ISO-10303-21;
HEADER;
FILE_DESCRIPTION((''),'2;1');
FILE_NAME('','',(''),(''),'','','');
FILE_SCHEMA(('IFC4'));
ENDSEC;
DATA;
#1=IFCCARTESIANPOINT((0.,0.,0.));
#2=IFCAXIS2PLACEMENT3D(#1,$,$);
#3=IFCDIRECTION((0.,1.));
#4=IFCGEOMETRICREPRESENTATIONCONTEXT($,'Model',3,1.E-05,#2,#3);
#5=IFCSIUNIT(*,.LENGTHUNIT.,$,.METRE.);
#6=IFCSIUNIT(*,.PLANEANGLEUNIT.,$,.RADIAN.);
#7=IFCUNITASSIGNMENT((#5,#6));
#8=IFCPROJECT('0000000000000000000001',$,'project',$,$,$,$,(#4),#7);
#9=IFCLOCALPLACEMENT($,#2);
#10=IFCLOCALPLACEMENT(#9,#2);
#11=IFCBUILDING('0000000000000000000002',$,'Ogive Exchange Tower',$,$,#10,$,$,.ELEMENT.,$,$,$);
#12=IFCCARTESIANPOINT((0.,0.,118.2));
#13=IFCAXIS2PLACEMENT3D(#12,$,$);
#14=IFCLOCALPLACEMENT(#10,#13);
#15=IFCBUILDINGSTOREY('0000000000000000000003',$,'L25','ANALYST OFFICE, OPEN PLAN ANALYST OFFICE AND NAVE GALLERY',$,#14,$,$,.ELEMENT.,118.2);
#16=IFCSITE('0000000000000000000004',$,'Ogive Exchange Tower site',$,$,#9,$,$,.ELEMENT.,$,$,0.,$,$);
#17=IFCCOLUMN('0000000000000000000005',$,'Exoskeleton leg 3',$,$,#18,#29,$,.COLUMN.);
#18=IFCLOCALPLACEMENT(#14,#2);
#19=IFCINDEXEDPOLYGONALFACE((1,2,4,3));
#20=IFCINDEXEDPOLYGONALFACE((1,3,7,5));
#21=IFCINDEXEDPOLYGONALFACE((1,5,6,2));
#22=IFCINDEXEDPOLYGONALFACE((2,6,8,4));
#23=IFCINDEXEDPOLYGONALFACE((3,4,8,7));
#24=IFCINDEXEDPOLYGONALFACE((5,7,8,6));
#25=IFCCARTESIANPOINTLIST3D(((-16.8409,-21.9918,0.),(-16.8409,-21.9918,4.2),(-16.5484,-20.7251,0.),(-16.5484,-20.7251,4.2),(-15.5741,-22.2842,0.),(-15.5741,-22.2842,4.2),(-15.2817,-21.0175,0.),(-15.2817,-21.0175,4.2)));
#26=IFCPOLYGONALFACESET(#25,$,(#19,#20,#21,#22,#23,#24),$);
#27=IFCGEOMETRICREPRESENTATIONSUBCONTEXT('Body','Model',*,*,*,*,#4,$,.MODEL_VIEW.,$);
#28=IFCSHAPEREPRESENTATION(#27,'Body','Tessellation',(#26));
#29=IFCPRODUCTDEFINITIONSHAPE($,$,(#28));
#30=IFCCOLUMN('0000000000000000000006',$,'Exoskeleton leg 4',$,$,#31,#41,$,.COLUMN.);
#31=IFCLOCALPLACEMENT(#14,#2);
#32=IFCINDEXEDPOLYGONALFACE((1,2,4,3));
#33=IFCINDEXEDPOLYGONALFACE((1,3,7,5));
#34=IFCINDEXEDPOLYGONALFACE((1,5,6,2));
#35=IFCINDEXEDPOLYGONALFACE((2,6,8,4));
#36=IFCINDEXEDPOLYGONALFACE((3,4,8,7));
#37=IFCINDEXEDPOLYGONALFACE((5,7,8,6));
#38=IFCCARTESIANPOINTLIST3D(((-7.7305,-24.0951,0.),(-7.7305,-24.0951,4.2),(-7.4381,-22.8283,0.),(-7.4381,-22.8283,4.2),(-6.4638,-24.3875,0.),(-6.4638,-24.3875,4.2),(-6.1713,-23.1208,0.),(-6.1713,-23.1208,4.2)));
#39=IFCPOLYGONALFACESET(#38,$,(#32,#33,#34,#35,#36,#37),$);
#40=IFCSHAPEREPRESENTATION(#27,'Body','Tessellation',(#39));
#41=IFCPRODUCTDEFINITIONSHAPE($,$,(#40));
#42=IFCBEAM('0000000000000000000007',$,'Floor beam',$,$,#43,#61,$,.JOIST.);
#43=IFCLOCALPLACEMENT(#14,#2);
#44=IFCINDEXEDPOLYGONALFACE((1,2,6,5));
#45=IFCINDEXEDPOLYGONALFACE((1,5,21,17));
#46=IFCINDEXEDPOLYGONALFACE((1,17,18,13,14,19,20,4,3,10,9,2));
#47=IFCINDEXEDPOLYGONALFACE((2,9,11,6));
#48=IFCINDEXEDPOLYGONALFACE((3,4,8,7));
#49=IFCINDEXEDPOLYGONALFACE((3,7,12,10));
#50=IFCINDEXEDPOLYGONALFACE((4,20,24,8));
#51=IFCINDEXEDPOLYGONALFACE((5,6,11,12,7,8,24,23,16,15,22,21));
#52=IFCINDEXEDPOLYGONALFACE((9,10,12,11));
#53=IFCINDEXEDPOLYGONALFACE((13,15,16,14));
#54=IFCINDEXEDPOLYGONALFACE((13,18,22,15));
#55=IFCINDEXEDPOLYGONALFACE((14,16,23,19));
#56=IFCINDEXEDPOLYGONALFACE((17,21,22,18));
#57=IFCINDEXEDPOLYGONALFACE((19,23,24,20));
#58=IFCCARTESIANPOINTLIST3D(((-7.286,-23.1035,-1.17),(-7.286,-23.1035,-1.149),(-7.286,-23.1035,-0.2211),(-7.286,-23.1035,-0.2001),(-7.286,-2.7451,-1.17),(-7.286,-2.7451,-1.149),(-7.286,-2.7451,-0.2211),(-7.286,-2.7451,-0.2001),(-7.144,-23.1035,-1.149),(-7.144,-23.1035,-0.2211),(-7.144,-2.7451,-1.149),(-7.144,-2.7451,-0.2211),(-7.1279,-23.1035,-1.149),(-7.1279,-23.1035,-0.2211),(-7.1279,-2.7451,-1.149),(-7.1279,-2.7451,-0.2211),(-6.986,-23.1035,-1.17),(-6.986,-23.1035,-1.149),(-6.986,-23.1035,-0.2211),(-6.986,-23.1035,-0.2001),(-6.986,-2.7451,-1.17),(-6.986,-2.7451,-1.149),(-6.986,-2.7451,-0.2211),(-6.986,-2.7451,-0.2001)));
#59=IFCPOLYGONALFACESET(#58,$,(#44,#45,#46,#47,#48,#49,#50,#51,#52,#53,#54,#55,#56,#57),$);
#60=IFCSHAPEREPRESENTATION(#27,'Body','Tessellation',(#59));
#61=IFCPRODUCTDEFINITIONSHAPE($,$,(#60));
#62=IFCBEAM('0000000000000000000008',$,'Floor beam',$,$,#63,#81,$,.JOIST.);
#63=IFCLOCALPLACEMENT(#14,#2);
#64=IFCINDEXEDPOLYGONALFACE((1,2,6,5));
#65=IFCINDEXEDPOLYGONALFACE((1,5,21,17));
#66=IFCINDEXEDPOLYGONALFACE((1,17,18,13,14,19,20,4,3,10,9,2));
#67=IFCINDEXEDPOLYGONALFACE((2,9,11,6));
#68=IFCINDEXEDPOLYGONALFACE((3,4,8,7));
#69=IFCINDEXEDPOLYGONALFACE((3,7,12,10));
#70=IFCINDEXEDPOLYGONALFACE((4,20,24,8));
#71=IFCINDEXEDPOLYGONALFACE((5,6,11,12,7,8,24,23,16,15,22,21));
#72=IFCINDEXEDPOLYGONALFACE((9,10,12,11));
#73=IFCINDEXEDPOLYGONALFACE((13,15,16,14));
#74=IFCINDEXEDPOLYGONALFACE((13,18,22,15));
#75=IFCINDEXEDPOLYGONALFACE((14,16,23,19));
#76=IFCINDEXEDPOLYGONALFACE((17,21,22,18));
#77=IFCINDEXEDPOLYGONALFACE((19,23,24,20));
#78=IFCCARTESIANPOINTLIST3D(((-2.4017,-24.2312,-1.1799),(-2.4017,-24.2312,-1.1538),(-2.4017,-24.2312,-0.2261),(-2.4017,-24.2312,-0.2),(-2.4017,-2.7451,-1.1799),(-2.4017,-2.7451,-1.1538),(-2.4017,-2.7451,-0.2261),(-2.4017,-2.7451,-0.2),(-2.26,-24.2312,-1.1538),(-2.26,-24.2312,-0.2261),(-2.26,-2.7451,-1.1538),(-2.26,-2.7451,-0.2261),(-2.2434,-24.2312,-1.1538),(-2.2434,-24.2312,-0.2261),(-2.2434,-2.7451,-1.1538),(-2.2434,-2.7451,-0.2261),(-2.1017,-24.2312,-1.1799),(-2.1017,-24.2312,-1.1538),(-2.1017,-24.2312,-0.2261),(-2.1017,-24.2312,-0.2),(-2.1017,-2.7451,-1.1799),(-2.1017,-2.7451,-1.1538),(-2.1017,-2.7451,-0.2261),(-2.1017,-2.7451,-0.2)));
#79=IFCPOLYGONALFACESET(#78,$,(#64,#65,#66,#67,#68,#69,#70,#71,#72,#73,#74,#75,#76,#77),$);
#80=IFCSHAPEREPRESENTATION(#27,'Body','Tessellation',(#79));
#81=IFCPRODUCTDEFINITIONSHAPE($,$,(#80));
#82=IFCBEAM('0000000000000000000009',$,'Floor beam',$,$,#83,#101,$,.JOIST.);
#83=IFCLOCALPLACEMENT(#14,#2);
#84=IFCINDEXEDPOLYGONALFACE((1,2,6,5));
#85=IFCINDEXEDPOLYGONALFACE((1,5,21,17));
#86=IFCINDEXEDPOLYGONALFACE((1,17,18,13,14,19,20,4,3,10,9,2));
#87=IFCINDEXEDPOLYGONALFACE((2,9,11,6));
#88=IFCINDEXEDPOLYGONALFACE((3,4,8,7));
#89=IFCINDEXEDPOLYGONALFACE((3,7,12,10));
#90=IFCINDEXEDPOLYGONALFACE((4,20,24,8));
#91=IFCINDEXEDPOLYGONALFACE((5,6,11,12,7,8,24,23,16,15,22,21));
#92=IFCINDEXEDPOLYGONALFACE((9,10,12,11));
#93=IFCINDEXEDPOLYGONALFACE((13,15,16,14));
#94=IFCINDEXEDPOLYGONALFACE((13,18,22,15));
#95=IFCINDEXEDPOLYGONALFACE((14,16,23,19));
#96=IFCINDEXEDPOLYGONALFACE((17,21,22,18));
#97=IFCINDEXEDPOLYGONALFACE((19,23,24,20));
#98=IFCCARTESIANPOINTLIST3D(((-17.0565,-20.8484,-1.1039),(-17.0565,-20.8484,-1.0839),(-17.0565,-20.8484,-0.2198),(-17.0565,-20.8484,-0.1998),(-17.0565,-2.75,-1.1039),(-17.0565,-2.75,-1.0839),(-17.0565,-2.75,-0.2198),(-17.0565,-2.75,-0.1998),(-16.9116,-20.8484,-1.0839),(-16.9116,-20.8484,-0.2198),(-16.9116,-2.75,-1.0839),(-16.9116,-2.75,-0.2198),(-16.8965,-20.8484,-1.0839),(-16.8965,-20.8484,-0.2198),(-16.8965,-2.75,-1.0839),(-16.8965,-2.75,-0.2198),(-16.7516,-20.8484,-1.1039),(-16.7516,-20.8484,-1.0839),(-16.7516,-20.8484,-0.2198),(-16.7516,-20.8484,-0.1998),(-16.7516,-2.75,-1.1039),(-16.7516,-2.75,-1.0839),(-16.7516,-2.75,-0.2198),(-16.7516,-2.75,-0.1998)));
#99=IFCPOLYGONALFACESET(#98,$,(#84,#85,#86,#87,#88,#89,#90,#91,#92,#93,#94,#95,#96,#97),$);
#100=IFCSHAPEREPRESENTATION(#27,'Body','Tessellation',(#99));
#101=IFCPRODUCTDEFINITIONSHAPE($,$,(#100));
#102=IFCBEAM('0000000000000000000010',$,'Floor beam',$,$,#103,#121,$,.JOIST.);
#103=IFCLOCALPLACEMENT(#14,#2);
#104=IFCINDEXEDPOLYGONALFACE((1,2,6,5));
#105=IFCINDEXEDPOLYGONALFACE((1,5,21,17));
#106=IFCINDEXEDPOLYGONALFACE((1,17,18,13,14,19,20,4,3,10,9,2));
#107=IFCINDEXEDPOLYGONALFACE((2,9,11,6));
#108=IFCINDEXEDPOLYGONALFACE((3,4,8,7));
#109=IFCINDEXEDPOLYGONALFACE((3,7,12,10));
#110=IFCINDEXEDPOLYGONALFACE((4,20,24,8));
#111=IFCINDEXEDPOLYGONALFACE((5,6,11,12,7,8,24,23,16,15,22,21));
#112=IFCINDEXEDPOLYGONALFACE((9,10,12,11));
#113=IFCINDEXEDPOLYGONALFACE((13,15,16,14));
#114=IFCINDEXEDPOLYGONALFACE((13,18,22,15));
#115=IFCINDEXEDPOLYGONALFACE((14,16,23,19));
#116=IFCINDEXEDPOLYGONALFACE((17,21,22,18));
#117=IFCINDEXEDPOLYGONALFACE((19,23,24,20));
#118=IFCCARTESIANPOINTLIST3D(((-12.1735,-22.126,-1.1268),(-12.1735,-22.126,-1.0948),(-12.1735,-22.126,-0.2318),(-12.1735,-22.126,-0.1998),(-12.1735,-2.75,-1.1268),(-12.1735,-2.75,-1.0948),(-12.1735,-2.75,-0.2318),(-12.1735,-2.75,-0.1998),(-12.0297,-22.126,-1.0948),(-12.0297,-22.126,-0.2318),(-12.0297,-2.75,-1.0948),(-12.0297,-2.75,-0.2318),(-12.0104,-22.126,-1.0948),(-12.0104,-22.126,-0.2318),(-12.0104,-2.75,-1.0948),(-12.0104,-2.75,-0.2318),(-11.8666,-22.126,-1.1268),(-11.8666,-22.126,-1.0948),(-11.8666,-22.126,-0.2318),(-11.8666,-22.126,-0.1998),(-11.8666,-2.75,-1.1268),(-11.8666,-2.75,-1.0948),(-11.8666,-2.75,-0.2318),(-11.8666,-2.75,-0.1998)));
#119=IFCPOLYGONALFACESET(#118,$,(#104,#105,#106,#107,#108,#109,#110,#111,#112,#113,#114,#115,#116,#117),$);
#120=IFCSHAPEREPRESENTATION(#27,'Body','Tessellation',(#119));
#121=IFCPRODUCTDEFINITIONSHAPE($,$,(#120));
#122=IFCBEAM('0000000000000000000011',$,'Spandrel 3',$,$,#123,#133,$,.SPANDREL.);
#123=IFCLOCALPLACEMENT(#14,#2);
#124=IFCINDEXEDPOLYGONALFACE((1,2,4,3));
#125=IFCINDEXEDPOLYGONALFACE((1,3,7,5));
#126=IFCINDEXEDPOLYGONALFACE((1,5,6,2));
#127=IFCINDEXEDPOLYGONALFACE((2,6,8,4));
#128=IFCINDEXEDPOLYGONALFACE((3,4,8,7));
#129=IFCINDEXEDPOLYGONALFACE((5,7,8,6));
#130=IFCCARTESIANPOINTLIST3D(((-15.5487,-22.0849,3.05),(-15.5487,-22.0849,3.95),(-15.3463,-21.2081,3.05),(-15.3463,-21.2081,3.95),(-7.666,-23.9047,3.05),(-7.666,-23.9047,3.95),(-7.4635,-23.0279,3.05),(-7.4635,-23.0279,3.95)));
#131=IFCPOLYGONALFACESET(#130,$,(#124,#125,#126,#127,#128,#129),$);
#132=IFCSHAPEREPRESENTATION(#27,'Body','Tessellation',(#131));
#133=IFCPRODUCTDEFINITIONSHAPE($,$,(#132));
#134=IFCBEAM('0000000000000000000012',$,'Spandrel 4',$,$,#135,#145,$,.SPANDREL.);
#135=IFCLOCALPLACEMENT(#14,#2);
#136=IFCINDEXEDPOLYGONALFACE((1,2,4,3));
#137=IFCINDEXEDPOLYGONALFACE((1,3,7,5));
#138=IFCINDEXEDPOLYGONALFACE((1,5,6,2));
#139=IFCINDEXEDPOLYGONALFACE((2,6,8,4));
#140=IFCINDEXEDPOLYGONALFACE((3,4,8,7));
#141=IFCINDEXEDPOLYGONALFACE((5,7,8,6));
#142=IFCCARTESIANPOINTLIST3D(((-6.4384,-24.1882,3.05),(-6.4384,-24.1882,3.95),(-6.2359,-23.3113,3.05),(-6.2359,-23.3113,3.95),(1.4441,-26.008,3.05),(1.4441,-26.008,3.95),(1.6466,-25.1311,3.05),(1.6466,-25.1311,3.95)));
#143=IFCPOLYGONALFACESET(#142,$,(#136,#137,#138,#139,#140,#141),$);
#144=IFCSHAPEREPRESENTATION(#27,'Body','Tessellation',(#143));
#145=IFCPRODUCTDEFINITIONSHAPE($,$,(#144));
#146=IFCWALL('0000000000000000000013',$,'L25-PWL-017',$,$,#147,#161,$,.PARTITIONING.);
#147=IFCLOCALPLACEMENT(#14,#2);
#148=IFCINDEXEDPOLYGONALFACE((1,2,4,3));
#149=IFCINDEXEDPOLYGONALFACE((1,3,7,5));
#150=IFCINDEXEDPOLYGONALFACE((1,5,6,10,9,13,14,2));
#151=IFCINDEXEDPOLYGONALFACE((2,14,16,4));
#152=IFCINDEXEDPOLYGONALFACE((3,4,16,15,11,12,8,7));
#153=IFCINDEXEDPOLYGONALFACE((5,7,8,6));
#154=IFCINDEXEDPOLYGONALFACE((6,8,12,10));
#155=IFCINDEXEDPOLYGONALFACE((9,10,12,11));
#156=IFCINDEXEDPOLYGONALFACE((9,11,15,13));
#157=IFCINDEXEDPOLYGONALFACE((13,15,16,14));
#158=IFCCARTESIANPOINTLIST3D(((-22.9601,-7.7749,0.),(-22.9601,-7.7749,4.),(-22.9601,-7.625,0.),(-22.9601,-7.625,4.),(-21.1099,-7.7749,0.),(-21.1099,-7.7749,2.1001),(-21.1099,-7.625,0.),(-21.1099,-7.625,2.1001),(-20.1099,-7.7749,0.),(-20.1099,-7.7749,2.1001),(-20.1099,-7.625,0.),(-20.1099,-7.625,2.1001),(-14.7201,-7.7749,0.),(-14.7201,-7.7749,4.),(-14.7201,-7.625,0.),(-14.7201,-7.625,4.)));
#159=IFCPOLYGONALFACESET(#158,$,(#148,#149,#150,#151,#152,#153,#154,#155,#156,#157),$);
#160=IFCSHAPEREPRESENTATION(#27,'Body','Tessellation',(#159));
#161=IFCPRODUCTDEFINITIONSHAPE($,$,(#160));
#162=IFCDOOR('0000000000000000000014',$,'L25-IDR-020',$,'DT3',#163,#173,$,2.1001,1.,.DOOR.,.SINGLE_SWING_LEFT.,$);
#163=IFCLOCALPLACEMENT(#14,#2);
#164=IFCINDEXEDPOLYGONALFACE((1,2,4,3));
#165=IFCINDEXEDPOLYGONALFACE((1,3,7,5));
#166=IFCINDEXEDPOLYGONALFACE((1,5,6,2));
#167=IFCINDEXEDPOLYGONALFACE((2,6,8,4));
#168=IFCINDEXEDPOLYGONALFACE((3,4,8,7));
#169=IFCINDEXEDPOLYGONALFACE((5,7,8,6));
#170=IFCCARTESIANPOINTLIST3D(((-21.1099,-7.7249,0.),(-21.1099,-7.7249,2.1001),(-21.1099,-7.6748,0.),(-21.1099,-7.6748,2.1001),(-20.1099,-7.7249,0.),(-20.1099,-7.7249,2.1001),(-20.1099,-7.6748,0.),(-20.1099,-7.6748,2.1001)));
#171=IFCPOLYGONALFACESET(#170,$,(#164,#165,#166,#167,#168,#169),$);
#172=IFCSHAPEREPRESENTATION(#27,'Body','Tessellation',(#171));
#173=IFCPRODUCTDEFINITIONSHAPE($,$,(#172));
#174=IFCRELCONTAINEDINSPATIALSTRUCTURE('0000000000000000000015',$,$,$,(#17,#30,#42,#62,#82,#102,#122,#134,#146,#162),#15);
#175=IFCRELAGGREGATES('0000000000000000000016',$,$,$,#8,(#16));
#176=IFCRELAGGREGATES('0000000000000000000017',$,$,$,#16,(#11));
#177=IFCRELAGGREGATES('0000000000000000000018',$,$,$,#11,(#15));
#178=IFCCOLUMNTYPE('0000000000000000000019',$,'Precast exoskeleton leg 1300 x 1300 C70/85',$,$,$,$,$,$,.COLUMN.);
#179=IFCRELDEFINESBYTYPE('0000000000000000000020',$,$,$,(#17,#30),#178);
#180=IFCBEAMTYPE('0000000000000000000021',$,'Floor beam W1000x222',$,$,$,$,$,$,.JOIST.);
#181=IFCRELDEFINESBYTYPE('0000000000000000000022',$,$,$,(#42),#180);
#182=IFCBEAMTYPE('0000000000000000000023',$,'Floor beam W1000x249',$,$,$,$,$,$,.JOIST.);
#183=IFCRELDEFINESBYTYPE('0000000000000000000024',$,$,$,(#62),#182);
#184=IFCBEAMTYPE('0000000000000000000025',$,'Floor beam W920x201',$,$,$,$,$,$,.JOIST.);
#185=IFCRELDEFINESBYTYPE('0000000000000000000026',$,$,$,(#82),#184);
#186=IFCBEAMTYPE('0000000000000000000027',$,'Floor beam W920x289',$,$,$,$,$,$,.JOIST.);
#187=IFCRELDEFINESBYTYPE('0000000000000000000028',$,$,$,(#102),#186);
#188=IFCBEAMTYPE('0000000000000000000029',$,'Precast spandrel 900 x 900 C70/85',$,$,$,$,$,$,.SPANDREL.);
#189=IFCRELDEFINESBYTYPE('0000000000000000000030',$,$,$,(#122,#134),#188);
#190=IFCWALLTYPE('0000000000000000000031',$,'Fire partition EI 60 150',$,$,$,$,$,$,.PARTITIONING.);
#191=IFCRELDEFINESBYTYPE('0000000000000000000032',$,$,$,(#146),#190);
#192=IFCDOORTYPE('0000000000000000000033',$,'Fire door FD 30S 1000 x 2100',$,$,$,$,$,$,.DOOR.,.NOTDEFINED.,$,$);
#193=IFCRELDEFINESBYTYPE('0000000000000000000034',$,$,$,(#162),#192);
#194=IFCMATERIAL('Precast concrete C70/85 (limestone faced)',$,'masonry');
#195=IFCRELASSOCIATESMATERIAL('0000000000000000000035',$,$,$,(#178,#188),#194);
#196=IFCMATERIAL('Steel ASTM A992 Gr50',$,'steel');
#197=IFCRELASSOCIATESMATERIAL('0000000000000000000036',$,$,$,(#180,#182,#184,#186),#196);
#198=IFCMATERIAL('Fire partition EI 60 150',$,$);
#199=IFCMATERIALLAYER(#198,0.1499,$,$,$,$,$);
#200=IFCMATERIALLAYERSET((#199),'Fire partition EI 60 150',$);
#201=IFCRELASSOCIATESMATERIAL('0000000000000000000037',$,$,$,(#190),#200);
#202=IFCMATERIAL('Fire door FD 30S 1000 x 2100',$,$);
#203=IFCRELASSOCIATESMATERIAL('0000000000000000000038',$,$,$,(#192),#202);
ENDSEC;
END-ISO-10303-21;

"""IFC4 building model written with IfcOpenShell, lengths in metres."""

from ifc_helpers import new_model, si_unit, direction, frame, frame_2d, origin, origin_2d, place, context, subcontext, project, spatial, rectangle, i_section, extrude, material, layer, layer_set, material_profile, profile_set, type_object, element, fill, save


model = new_model("IFC4")

# Units and contexts
model_context = context("Model", 3, precision=1e-05, world=origin(), true_north=direction((0.0, 1.0)))
body_context = subcontext(model_context, "Body", "Model", "MODEL_VIEW")
ifc_project = project(units=[si_unit("LENGTHUNIT", "METRE"), si_unit("PLANEANGLEUNIT", "RADIAN")], contexts=[model_context])

# Site, building, storey
site_placement = place(None, origin())
site = spatial("IfcSite", under=ifc_project, at=site_placement, Name="Ogive Exchange Tower site", CompositionType="ELEMENT", RefElevation=0.0)
building_placement = place(site_placement, origin())
building = spatial("IfcBuilding", under=site, at=building_placement, Name="Ogive Exchange Tower", CompositionType="ELEMENT")
storey_placement = place(building_placement, frame((0.0, 0.0, 118.2)))
storey = spatial("IfcBuildingStorey", under=building, at=storey_placement, Name="L25", Description="ANALYST OFFICE, OPEN PLAN ANALYST OFFICE AND NAVE GALLERY", CompositionType="ELEMENT", Elevation=118.2)

# Columns
ifc_material_1 = material(Name="Precast concrete C70/85 (limestone faced)", Category="masonry")
ifc_material_profile_1 = material_profile(ifc_material_1, rectangle(XDim=1.3, YDim=1.3, at=origin_2d()), Name="1300 x 1300")
ifc_profile_set_1 = profile_set([ifc_material_profile_1], Name="Precast concrete C70/85 (limestone faced)")
column_type = type_object("IfcColumnType", Name="Precast exoskeleton leg 1300 x 1300 C70/85", PredefinedType="COLUMN", material=ifc_profile_set_1)
for number, where, z_axis, x_axis, name in (
    (1, (-16.0613, -21.5046, 0.0), (0.0, 0.0, 1.0), (0.97437, -0.224951, 0.0), "Exoskeleton leg 3"),
    (2, (-6.9509, -23.6079, 0.0), (0.0, 0.0, 1.0), (0.97437, -0.224951, 0.0), "Exoskeleton leg 4"),
):
    element("IfcColumn", number, at=place(storey_placement, frame(where, z_axis=z_axis, x_axis=x_axis)), inside=storey, type_object=column_type, Name=name, PredefinedType="COLUMN", context=body_context, shape_type="SweptSolid", body=[
        extrude(rectangle(XDim=1.3, YDim=1.3, at=origin_2d()), origin(), (0.0, 0.0, 1.0), 4.2),
    ])

# Beams
ifc_material_2 = material(Name="Steel ASTM A992 Gr50", Category="steel")
ifc_material_profile_2 = material_profile(ifc_material_2, i_section(OverallWidth=0.3, OverallDepth=0.97, WebThickness=0.0161, FlangeThickness=0.021, at=origin_2d()), Name="W1000x222")
ifc_profile_set_2 = profile_set([ifc_material_profile_2], Name="Steel ASTM A992 Gr50")
beam_type_1 = type_object("IfcBeamType", Name="Floor beam W1000x222", PredefinedType="JOIST", material=ifc_profile_set_2)
beam_1_placement = place(storey_placement, frame((-7.136, -23.1035, -0.6851), z_axis=(0.0, 1.0, 0.0), x_axis=(-1.0, 0.0, 0.0)))
element("IfcBeam", 3, at=beam_1_placement, inside=storey, type_object=beam_type_1, Name="Floor beam", PredefinedType="JOIST", context=body_context, shape_type="SweptSolid", body=[
    extrude(i_section(OverallWidth=0.3, OverallDepth=0.97, WebThickness=0.0161, FlangeThickness=0.021, at=origin_2d()), origin(), (0.0, 0.0, 1.0), 20.3584),
])
ifc_material_profile_3 = material_profile(ifc_material_2, i_section(OverallWidth=0.3, OverallDepth=0.98, WebThickness=0.0166, FlangeThickness=0.0261, at=origin_2d()), Name="W1000x249")
ifc_profile_set_3 = profile_set([ifc_material_profile_3], Name="Steel ASTM A992 Gr50")
beam_type_2 = type_object("IfcBeamType", Name="Floor beam W1000x249", PredefinedType="JOIST", material=ifc_profile_set_3)
beam_2_placement = place(storey_placement, frame((-2.2517, -24.2312, -0.6899), z_axis=(0.0, 1.0, 0.0), x_axis=(-1.0, 0.0, 0.0)))
element("IfcBeam", 4, at=beam_2_placement, inside=storey, type_object=beam_type_2, Name="Floor beam", PredefinedType="JOIST", context=body_context, shape_type="SweptSolid", body=[
    extrude(i_section(OverallWidth=0.3, OverallDepth=0.98, WebThickness=0.0166, FlangeThickness=0.0261, at=origin_2d()), origin(), (0.0, 0.0, 1.0), 21.4861),
])
ifc_material_profile_4 = material_profile(ifc_material_2, i_section(OverallWidth=0.3049, OverallDepth=0.9041, WebThickness=0.0151, FlangeThickness=0.02, at=origin_2d()), Name="W920x201")
ifc_profile_set_4 = profile_set([ifc_material_profile_4], Name="Steel ASTM A992 Gr50")
beam_type_3 = type_object("IfcBeamType", Name="Floor beam W920x201", PredefinedType="JOIST", material=ifc_profile_set_4)
beam_3_placement = place(storey_placement, frame((-16.9041, -20.8484, -0.6519), z_axis=(0.0, 1.0, 0.0), x_axis=(-1.0, 0.0, 0.0)))
element("IfcBeam", 5, at=beam_3_placement, inside=storey, type_object=beam_type_3, Name="Floor beam", PredefinedType="JOIST", context=body_context, shape_type="SweptSolid", body=[
    extrude(i_section(OverallWidth=0.3049, OverallDepth=0.9041, WebThickness=0.0151, FlangeThickness=0.02, at=origin_2d()), origin(), (0.0, 0.0, 1.0), 18.0984),
])
ifc_material_profile_5 = material_profile(ifc_material_2, i_section(OverallWidth=0.3069, OverallDepth=0.927, WebThickness=0.0193, FlangeThickness=0.032, at=origin_2d()), Name="W920x289")
ifc_profile_set_5 = profile_set([ifc_material_profile_5], Name="Steel ASTM A992 Gr50")
beam_type_4 = type_object("IfcBeamType", Name="Floor beam W920x289", PredefinedType="JOIST", material=ifc_profile_set_5)
beam_4_placement = place(storey_placement, frame((-12.02, -22.126, -0.6633), z_axis=(0.0, 1.0, 0.0), x_axis=(-1.0, 0.0, 0.0)))
element("IfcBeam", 6, at=beam_4_placement, inside=storey, type_object=beam_type_4, Name="Floor beam", PredefinedType="JOIST", context=body_context, shape_type="SweptSolid", body=[
    extrude(i_section(OverallWidth=0.3069, OverallDepth=0.927, WebThickness=0.0193, FlangeThickness=0.032, at=origin_2d()), origin(), (0.0, 0.0, 1.0), 19.376),
])
ifc_material_profile_6 = material_profile(ifc_material_1, rectangle(XDim=0.8999, YDim=0.8999, at=origin_2d()), Name="900 x 900")
ifc_profile_set_6 = profile_set([ifc_material_profile_6], Name="Precast concrete C70/85 (limestone faced)")
beam_type_5 = type_object("IfcBeamType", Name="Precast spandrel 900 x 900 C70/85", PredefinedType="SPANDREL", material=ifc_profile_set_6)
beam_5_placement = place(storey_placement, frame((-15.4475, -21.6465, 3.5), z_axis=(0.974372, -0.224943, 0.0), x_axis=(0.224943, 0.974372, 0.0)))
element("IfcBeam", 7, at=beam_5_placement, inside=storey, type_object=beam_type_5, Name="Spandrel 3", PredefinedType="SPANDREL", context=body_context, shape_type="SweptSolid", body=[
    extrude(rectangle(XDim=0.8999, YDim=0.8999, at=origin_2d()), origin(), (0.0, 0.0, 1.0), 8.0901),
])
beam_6_placement = place(storey_placement, frame((-6.3372, -23.7498, 3.5), z_axis=(0.97437, -0.22495, 0.0), x_axis=(0.22495, 0.97437, 0.0)))
element("IfcBeam", 8, at=beam_6_placement, inside=storey, type_object=beam_type_5, Name="Spandrel 4", PredefinedType="SPANDREL", context=body_context, shape_type="SweptSolid", body=[
    extrude(rectangle(XDim=0.8999, YDim=0.8999, at=origin_2d()), origin(), (0.0, 0.0, 1.0), 8.0898),
])

# Wall, opening, door
ifc_material_3 = material(Name="Fire partition EI 60 150")
ifc_layer_1 = layer(ifc_material_3, 0.1499)
ifc_layer_set_1 = layer_set([ifc_layer_1], Name="Fire partition EI 60 150")
wall_type_1 = type_object("IfcWallType", Name="Fire partition EI 60 150", PredefinedType="PARTITIONING", material=ifc_layer_set_1)
wall_1_placement = place(storey_placement, frame((-14.72, -7.7, 0.0), z_axis=(0.0, 0.0, 1.0), x_axis=(-1.0, 0.0, 0.0)))
wall_1 = element("IfcWall", 9, at=wall_1_placement, inside=storey, type_object=wall_type_1, Name="L25-PWL-017", PredefinedType="PARTITIONING", context=body_context, shape_type="SweptSolid", body=[
    extrude(rectangle(XDim=8.24, YDim=0.1499, at=frame_2d((4.1201, 0.0))), origin(), (0.0, 0.0, 1.0), 4.0),
])
opening_1_placement = place(wall_1_placement, frame((5.3899, 0.0, 0.0)))
opening_1 = element("IfcOpeningElement", 10, at=opening_1_placement, cuts=wall_1, PredefinedType="OPENING", context=body_context, shape_type="SweptSolid", body=[
    extrude(rectangle(XDim=1.0, YDim=2.1001, at=frame_2d((0.5, 1.05))), frame((0.0, 0.085, 0.0), z_axis=(0.0, -1.0, 0.0), x_axis=(1.0, 0.0, 0.0)), (0.0, 0.0, 1.0), 0.1699),
])
ifc_material_4 = material(Name="Fire door FD 30S 1000 x 2100")
door_type_1 = type_object("IfcDoorType", Name="Fire door FD 30S 1000 x 2100", OperationType="NOTDEFINED", PredefinedType="DOOR", material=ifc_material_4)
door_1_placement = place(opening_1_placement, origin())
door_1 = element("IfcDoor", 11, at=door_1_placement, inside=storey, type_object=door_type_1, Name="L25-IDR-020", ObjectType="DT3", OperationType="SINGLE_SWING_LEFT", OverallHeight=2.1001, OverallWidth=1.0, PredefinedType="DOOR", context=body_context, shape_type="SweptSolid", body=[
    extrude(rectangle(XDim=1.0, YDim=2.1001, at=frame_2d((0.5, 1.05))), frame((0.0, 0.0249, 0.0), z_axis=(0.0, -1.0, 0.0), x_axis=(1.0, 0.0, 0.0)), (0.0, 0.0, 1.0), 0.05),
])
fill(opening_1, door_1)

save(model, "model.ifc")
